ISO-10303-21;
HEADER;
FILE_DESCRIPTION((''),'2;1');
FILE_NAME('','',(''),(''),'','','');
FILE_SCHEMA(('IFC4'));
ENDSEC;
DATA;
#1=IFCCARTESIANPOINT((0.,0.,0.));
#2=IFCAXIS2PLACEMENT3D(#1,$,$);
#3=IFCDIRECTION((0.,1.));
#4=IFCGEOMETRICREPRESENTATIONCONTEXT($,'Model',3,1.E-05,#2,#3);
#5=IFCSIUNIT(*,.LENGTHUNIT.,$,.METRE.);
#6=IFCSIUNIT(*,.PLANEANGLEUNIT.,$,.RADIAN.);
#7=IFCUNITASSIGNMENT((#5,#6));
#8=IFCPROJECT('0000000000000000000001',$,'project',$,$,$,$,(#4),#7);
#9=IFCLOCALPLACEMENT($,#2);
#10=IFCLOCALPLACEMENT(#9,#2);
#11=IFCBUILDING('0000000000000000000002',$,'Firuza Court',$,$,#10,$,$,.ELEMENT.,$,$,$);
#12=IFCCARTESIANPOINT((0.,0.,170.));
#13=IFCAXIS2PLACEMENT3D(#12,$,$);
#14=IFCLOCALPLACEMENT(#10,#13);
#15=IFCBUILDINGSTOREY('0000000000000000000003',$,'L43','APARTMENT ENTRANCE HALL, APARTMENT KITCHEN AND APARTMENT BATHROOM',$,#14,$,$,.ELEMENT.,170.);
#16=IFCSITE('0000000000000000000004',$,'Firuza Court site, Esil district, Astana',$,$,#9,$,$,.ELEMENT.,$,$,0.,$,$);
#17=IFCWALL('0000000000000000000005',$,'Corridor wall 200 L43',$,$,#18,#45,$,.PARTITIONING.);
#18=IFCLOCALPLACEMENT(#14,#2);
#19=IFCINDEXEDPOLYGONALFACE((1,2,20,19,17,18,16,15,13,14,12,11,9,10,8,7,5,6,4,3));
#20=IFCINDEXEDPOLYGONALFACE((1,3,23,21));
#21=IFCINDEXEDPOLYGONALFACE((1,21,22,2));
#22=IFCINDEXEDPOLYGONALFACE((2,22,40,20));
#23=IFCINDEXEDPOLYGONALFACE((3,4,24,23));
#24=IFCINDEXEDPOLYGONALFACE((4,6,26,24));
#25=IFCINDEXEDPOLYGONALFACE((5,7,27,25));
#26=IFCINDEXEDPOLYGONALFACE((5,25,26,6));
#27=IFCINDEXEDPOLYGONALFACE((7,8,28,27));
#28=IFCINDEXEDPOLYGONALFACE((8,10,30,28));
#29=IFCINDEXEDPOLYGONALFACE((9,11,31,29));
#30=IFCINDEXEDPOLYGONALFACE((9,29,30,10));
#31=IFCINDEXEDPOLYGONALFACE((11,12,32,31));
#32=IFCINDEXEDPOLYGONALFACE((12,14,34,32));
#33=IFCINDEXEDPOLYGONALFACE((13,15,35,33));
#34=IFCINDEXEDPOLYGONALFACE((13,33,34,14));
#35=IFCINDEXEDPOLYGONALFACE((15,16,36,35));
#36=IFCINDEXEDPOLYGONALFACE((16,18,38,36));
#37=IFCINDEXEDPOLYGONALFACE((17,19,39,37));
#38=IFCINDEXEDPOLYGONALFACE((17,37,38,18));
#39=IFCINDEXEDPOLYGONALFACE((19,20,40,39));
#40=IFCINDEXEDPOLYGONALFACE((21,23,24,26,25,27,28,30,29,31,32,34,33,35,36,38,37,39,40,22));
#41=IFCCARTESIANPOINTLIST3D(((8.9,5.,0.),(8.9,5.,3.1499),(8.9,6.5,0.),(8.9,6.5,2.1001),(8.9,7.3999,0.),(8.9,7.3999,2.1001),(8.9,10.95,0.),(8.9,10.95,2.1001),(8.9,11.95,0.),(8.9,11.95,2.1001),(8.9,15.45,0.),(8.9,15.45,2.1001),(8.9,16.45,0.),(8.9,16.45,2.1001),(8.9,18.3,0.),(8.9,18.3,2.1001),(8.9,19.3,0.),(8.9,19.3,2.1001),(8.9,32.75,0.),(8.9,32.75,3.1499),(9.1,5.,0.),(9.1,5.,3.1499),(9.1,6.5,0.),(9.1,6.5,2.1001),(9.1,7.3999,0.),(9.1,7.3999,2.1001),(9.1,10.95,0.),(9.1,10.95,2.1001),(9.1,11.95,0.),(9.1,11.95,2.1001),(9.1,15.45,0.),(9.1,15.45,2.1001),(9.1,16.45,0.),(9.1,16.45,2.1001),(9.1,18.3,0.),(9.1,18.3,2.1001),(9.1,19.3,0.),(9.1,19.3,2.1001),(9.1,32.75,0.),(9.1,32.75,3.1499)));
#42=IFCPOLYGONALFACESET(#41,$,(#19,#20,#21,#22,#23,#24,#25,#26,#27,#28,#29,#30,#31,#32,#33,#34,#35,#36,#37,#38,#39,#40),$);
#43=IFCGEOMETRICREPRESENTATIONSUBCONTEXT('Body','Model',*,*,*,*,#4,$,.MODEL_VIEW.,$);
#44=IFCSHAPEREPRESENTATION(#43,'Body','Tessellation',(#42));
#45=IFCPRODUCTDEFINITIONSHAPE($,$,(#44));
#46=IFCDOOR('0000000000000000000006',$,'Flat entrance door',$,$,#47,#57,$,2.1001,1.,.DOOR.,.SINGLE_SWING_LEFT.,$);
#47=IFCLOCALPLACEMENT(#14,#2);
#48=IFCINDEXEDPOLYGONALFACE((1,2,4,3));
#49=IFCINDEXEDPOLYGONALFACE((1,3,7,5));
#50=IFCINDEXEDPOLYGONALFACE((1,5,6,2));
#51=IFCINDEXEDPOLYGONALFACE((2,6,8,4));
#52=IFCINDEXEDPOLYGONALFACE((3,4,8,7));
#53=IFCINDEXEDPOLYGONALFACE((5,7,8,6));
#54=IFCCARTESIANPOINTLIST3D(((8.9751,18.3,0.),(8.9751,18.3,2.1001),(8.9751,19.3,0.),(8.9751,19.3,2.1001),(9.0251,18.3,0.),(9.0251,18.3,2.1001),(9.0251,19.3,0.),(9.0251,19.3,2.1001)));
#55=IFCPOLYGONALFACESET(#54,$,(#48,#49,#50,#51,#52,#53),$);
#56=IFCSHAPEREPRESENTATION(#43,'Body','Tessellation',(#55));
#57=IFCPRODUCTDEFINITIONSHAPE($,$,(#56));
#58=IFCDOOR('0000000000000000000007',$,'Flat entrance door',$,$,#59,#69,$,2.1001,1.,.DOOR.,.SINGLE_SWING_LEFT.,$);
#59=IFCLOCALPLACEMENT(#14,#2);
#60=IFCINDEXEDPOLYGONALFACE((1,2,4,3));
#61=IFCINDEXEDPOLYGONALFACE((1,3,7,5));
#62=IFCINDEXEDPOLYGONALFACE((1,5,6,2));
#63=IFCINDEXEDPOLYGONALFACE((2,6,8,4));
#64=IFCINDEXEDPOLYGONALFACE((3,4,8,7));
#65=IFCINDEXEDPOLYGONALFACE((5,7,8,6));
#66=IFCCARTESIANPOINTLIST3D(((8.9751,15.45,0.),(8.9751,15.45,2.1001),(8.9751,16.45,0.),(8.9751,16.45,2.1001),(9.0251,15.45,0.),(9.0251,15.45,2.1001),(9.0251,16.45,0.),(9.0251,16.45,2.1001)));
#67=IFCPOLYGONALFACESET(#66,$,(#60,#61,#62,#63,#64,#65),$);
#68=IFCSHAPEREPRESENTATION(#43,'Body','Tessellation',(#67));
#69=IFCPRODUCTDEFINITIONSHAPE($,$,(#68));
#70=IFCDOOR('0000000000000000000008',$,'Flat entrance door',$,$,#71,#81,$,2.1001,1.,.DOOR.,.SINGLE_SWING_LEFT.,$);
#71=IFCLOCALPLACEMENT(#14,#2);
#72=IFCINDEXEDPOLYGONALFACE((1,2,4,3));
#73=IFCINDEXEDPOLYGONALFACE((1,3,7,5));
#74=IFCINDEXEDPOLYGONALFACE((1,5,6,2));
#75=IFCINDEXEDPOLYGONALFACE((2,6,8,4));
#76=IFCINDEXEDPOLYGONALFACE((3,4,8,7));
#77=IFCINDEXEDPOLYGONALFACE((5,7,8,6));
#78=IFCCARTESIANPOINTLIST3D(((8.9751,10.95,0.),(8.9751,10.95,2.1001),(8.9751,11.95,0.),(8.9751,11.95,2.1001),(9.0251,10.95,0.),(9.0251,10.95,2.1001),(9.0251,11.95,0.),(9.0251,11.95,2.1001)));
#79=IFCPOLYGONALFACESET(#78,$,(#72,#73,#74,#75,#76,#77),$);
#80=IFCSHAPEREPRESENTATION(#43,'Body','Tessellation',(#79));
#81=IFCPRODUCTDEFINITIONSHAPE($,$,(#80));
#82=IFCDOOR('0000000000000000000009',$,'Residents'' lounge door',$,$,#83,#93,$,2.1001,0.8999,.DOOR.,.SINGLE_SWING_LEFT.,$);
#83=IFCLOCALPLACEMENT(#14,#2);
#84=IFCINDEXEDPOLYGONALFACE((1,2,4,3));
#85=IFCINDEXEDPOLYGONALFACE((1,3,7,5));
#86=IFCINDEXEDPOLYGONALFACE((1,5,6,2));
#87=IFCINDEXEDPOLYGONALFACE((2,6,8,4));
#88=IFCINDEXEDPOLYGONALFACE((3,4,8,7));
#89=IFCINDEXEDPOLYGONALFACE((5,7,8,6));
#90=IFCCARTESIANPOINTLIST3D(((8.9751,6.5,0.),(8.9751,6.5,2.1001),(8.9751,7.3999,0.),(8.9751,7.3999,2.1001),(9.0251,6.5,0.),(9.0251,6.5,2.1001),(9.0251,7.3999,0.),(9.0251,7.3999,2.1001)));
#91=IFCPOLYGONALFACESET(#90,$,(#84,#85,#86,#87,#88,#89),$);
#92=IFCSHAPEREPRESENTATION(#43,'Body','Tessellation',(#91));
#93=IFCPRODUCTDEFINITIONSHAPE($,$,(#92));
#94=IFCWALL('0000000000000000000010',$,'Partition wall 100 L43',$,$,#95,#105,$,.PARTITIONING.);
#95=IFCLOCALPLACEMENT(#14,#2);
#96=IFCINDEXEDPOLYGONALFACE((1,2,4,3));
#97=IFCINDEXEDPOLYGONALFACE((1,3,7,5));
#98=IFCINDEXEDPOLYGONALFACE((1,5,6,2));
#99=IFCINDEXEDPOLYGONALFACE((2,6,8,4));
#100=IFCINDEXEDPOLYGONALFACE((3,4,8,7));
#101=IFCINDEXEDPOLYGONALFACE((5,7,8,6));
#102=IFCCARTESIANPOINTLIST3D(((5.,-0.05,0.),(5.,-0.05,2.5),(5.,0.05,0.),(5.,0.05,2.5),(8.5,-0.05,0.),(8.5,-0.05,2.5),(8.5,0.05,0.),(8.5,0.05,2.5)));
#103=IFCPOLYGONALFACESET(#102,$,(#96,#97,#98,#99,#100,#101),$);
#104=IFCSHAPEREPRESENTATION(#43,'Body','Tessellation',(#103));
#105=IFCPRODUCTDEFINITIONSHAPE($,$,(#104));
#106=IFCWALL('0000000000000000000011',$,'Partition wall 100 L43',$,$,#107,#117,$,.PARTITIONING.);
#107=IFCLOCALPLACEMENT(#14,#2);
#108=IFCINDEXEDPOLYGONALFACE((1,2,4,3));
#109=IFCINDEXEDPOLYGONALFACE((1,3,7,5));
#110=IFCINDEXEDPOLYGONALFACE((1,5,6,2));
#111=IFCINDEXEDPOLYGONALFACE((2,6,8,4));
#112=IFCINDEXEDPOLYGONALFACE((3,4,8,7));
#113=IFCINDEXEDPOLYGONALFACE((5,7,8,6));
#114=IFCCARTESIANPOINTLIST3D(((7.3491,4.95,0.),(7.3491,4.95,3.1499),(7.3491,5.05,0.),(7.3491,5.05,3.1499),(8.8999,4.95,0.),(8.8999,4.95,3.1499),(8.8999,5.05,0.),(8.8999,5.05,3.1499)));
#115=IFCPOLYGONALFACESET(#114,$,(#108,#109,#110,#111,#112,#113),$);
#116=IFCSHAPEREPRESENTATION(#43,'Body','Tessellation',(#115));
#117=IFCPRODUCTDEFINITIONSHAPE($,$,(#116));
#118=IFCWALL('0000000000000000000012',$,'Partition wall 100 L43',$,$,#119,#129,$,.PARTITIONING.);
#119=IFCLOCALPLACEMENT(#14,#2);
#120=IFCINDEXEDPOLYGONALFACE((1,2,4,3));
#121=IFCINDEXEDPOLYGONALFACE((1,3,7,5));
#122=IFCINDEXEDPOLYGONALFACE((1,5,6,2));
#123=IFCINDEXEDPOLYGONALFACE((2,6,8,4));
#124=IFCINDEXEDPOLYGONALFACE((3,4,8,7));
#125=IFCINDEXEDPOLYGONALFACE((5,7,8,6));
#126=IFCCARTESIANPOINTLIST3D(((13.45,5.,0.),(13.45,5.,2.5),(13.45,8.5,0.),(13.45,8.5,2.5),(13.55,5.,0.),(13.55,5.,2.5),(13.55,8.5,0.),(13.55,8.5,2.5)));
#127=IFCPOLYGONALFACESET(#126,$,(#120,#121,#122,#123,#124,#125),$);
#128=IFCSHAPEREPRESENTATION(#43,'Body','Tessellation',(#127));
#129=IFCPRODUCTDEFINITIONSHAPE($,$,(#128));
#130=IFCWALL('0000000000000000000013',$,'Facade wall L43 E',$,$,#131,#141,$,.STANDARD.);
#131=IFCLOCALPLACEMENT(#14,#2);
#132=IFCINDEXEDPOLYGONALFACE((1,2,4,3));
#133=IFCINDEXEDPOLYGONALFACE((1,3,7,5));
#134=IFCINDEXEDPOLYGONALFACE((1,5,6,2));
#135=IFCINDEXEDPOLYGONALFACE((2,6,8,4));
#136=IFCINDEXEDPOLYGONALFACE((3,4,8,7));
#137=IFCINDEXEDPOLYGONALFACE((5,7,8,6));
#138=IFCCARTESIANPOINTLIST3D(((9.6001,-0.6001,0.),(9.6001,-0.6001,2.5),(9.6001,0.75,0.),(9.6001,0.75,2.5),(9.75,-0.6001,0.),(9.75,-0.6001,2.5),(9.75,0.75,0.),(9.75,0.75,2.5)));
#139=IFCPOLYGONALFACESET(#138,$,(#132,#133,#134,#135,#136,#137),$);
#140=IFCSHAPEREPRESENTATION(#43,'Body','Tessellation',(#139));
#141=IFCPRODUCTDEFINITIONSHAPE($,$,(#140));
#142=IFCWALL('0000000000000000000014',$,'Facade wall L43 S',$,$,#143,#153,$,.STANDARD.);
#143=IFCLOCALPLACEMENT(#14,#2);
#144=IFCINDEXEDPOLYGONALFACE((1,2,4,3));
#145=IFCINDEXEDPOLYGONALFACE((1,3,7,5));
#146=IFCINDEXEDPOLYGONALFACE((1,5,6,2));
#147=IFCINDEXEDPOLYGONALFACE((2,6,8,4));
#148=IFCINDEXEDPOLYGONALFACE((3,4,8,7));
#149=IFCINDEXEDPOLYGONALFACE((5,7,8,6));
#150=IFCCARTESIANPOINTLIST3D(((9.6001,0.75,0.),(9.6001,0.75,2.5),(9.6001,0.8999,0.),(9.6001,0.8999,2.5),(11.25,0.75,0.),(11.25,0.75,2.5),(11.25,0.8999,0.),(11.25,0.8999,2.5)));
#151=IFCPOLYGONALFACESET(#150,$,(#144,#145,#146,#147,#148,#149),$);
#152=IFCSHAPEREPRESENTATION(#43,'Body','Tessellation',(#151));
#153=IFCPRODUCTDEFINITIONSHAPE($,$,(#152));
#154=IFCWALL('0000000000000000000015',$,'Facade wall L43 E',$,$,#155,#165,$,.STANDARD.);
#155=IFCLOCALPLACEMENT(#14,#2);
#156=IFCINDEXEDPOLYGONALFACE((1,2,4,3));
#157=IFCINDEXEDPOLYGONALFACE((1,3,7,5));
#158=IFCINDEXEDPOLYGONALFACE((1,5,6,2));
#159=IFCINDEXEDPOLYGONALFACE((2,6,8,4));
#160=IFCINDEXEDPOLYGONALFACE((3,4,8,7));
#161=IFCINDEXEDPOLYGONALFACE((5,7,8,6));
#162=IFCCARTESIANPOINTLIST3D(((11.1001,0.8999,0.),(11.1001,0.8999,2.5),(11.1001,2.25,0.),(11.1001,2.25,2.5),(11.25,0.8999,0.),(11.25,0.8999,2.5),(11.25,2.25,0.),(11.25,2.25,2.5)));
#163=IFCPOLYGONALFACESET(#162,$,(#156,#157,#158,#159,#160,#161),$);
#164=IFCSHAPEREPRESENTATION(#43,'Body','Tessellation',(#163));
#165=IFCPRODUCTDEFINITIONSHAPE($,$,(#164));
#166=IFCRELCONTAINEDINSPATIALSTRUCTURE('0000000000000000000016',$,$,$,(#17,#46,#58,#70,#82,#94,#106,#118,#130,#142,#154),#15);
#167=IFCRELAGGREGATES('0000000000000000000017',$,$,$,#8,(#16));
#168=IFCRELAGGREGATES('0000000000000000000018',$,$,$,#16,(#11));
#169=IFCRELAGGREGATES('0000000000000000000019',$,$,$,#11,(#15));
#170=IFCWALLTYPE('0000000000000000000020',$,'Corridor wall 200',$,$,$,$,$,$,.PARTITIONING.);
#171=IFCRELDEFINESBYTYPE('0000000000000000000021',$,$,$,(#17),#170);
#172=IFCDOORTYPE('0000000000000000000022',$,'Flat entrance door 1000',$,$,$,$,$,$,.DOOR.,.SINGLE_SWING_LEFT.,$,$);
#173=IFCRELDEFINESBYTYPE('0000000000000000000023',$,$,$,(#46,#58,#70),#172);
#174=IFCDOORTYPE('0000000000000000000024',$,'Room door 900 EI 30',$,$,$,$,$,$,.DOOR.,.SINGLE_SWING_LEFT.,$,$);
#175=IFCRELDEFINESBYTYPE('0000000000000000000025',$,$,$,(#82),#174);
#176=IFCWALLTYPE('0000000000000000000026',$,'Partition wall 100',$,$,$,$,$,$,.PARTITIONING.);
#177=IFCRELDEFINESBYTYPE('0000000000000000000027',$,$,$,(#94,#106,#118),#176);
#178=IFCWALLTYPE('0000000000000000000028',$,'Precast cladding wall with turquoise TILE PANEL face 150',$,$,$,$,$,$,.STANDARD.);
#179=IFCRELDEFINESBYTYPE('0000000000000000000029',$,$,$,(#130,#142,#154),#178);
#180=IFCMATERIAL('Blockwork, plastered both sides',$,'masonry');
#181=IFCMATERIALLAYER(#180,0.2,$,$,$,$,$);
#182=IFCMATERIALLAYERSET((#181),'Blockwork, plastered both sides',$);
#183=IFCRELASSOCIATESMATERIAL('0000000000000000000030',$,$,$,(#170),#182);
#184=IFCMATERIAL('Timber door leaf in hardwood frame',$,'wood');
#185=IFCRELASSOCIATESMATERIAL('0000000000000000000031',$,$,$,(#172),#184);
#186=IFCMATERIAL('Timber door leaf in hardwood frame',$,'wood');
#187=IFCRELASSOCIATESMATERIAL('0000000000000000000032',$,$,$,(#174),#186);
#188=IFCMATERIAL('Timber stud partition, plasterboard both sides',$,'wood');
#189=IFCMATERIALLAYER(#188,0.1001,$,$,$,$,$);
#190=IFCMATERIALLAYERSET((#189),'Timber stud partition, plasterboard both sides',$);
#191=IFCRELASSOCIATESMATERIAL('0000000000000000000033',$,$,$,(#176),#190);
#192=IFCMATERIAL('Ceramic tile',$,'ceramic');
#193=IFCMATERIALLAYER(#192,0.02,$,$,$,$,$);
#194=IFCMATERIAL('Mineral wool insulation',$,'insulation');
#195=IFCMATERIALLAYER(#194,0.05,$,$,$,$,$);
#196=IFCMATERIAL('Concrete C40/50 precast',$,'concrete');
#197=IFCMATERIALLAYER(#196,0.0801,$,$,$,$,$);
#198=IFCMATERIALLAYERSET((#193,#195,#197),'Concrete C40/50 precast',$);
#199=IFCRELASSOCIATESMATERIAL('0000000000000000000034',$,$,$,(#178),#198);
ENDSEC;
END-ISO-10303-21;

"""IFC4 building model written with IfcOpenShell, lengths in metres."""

from ifc_helpers import new_model, si_unit, direction, frame, frame_2d, origin, place, context, subcontext, project, spatial, rectangle, extrude, material, layer, layer_set, type_object, element, fill, save


model = new_model("IFC4")

# Units and contexts
model_context = context("Model", 3, precision=1e-05, world=origin(), true_north=direction((0.0, 1.0)))
body_context = subcontext(model_context, "Body", "Model", "MODEL_VIEW")
ifc_project = project(units=[si_unit("LENGTHUNIT", "METRE"), si_unit("PLANEANGLEUNIT", "RADIAN")], contexts=[model_context])

# Site, building, storey
site_placement = place(None, origin())
site = spatial("IfcSite", under=ifc_project, at=site_placement, Name="Firuza Court site, Esil district, Astana", CompositionType="ELEMENT", RefElevation=0.0)
building_placement = place(site_placement, origin())
building = spatial("IfcBuilding", under=site, at=building_placement, Name="Firuza Court", CompositionType="ELEMENT")
storey_placement = place(building_placement, frame((0.0, 0.0, 170.0)))
storey = spatial("IfcBuildingStorey", under=building, at=storey_placement, Name="L43", Description="APARTMENT ENTRANCE HALL, APARTMENT KITCHEN AND APARTMENT BATHROOM", CompositionType="ELEMENT", Elevation=170.0)

# Wall, openings, doors
ifc_material_1 = material(Name="Blockwork, plastered both sides", Category="masonry")
ifc_layer_1 = layer(ifc_material_1, 0.2)
ifc_layer_set_1 = layer_set([ifc_layer_1], Name="Blockwork, plastered both sides")
wall_type_1 = type_object("IfcWallType", Name="Corridor wall 200", PredefinedType="PARTITIONING", material=ifc_layer_set_1)
wall_1_placement = place(storey_placement, frame((9.0, 5.0, 0.0), z_axis=(0.0, 0.0, 1.0), x_axis=(0.0, 1.0, 0.0)))
wall_1 = element("IfcWall", 1, at=wall_1_placement, inside=storey, type_object=wall_type_1, Name="Corridor wall 200 L43", PredefinedType="PARTITIONING", context=body_context, shape_type="SweptSolid", body=[
    extrude(rectangle(XDim=27.75, YDim=0.2, at=frame_2d((13.875, 0.0))), origin(), (0.0, 0.0, 1.0), 3.1499),
])
opening_1_placement = place(wall_1_placement, frame((13.3, 0.0, 0.0)))
opening_1 = element("IfcOpeningElement", 2, at=opening_1_placement, cuts=wall_1, PredefinedType="OPENING", context=body_context, shape_type="SweptSolid", body=[
    extrude(rectangle(XDim=1.0, YDim=2.1001, at=frame_2d((0.5, 1.05))), frame((0.0, 0.1118, 0.0), z_axis=(0.0, -1.0, 0.0), x_axis=(1.0, 0.0, 0.0)), (0.0, 0.0, 1.0), 0.2239),
])
opening_2_placement = place(wall_1_placement, frame((10.45, 0.0, 0.0)))
opening_2 = element("IfcOpeningElement", 3, at=opening_2_placement, cuts=wall_1, PredefinedType="OPENING", context=body_context, shape_type="SweptSolid", body=[
    extrude(rectangle(XDim=1.0, YDim=2.1001, at=frame_2d((0.5, 1.05))), frame((0.0, 0.1118, 0.0), z_axis=(0.0, -1.0, 0.0), x_axis=(1.0, 0.0, 0.0)), (0.0, 0.0, 1.0), 0.2239),
])
opening_3_placement = place(wall_1_placement, frame((5.95, 0.0, 0.0)))
opening_3 = element("IfcOpeningElement", 4, at=opening_3_placement, cuts=wall_1, PredefinedType="OPENING", context=body_context, shape_type="SweptSolid", body=[
    extrude(rectangle(XDim=1.0, YDim=2.1001, at=frame_2d((0.5, 1.05))), frame((0.0, 0.1118, 0.0), z_axis=(0.0, -1.0, 0.0), x_axis=(1.0, 0.0, 0.0)), (0.0, 0.0, 1.0), 0.2239),
])
opening_4_placement = place(wall_1_placement, frame((1.5, 0.0, 0.0)))
opening_4 = element("IfcOpeningElement", 5, at=opening_4_placement, cuts=wall_1, PredefinedType="OPENING", context=body_context, shape_type="SweptSolid", body=[
    extrude(rectangle(XDim=0.8999, YDim=2.1001, at=frame_2d((0.45, 1.05))), frame((0.0, 0.1118, 0.0), z_axis=(0.0, -1.0, 0.0), x_axis=(1.0, 0.0, 0.0)), (0.0, 0.0, 1.0), 0.2239),
])
ifc_material_2 = material(Name="Timber door leaf in hardwood frame", Category="wood")
door_type_1 = type_object("IfcDoorType", Name="Flat entrance door 1000", OperationType="SINGLE_SWING_LEFT", PredefinedType="DOOR", material=ifc_material_2)
door_1_placement = place(opening_1_placement, origin())
door_1 = element("IfcDoor", 6, at=door_1_placement, inside=storey, type_object=door_type_1, Name="Flat entrance door", OperationType="SINGLE_SWING_LEFT", OverallHeight=2.1001, OverallWidth=1.0, PredefinedType="DOOR", context=body_context, shape_type="SweptSolid", body=[
    extrude(rectangle(XDim=1.0, YDim=2.1001, at=frame_2d((0.5, 1.05))), frame((0.0, 0.0249, 0.0), z_axis=(0.0, -1.0, 0.0), x_axis=(1.0, 0.0, 0.0)), (0.0, 0.0, 1.0), 0.05),
])
fill(opening_1, door_1)
door_2_placement = place(opening_2_placement, origin())
door_2 = element("IfcDoor", 7, at=door_2_placement, inside=storey, type_object=door_type_1, Name="Flat entrance door", OperationType="SINGLE_SWING_LEFT", OverallHeight=2.1001, OverallWidth=1.0, PredefinedType="DOOR", context=body_context, shape_type="SweptSolid", body=[
    extrude(rectangle(XDim=1.0, YDim=2.1001, at=frame_2d((0.5, 1.05))), frame((0.0, 0.0249, 0.0), z_axis=(0.0, -1.0, 0.0), x_axis=(1.0, 0.0, 0.0)), (0.0, 0.0, 1.0), 0.05),
])
fill(opening_2, door_2)
door_3_placement = place(opening_3_placement, origin())
door_3 = element("IfcDoor", 8, at=door_3_placement, inside=storey, type_object=door_type_1, Name="Flat entrance door", OperationType="SINGLE_SWING_LEFT", OverallHeight=2.1001, OverallWidth=1.0, PredefinedType="DOOR", context=body_context, shape_type="SweptSolid", body=[
    extrude(rectangle(XDim=1.0, YDim=2.1001, at=frame_2d((0.5, 1.05))), frame((0.0, 0.0249, 0.0), z_axis=(0.0, -1.0, 0.0), x_axis=(1.0, 0.0, 0.0)), (0.0, 0.0, 1.0), 0.05),
])
fill(opening_3, door_3)
ifc_material_3 = material(Name="Timber door leaf in hardwood frame", Category="wood")
door_type_2 = type_object("IfcDoorType", Name="Room door 900 EI 30", OperationType="SINGLE_SWING_LEFT", PredefinedType="DOOR", material=ifc_material_3)
door_4_placement = place(opening_4_placement, origin())
door_4 = element("IfcDoor", 9, at=door_4_placement, inside=storey, type_object=door_type_2, Name="Residents' lounge door", OperationType="SINGLE_SWING_LEFT", OverallHeight=2.1001, OverallWidth=0.8999, PredefinedType="DOOR", context=body_context, shape_type="SweptSolid", body=[
    extrude(rectangle(XDim=0.8999, YDim=2.1001, at=frame_2d((0.45, 1.05))), frame((0.0, 0.0249, 0.0), z_axis=(0.0, -1.0, 0.0), x_axis=(1.0, 0.0, 0.0)), (0.0, 0.0, 1.0), 0.05),
])
fill(opening_4, door_4)

# Walls
ifc_material_4 = material(Name="Timber stud partition, plasterboard both sides", Category="wood")
ifc_layer_2 = layer(ifc_material_4, 0.1001)
ifc_layer_set_2 = layer_set([ifc_layer_2], Name="Timber stud partition, plasterboard both sides")
wall_type_2 = type_object("IfcWallType", Name="Partition wall 100", PredefinedType="PARTITIONING", material=ifc_layer_set_2)
wall_2_placement = place(storey_placement, frame((5.0, 0.0, 0.0), z_axis=(0.0, 0.0, 1.0), x_axis=(1.0, 0.0, 0.0)))
element("IfcWall", 10, at=wall_2_placement, inside=storey, type_object=wall_type_2, Name="Partition wall 100 L43", PredefinedType="PARTITIONING", context=body_context, shape_type="SweptSolid", body=[
    extrude(rectangle(XDim=3.5, YDim=0.1001, at=frame_2d((1.75, 0.0))), origin(), (0.0, 0.0, 1.0), 2.5),
])
wall_3_placement = place(storey_placement, frame((7.3491, 5.0, 0.0), z_axis=(0.0, 0.0, 1.0), x_axis=(1.0, 0.0, 0.0)))
element("IfcWall", 11, at=wall_3_placement, inside=storey, type_object=wall_type_2, Name="Partition wall 100 L43", PredefinedType="PARTITIONING", context=body_context, shape_type="SweptSolid", body=[
    extrude(rectangle(XDim=1.5508, YDim=0.1001, at=frame_2d((0.7754, 0.0))), origin(), (0.0, 0.0, 1.0), 3.1499),
])
wall_4_placement = place(storey_placement, frame((13.5, 5.0, 0.0), z_axis=(0.0, 0.0, 1.0), x_axis=(0.0, 1.0, 0.0)))
element("IfcWall", 12, at=wall_4_placement, inside=storey, type_object=wall_type_2, Name="Partition wall 100 L43", PredefinedType="PARTITIONING", context=body_context, shape_type="SweptSolid", body=[
    extrude(rectangle(XDim=3.5, YDim=0.1001, at=frame_2d((1.75, 0.0))), origin(), (0.0, 0.0, 1.0), 2.5),
])
ifc_material_5 = material(Name="Ceramic tile", Category="ceramic")
ifc_layer_3 = layer(ifc_material_5, 0.02)
ifc_material_6 = material(Name="Mineral wool insulation", Category="insulation")
ifc_layer_4 = layer(ifc_material_6, 0.05)
ifc_material_7 = material(Name="Concrete C40/50 precast", Category="concrete")
ifc_layer_5 = layer(ifc_material_7, 0.0801)
ifc_layer_set_3 = layer_set([ifc_layer_3, ifc_layer_4, ifc_layer_5], Name="Concrete C40/50 precast")
wall_type_3 = type_object("IfcWallType", Name="Precast cladding wall with turquoise TILE PANEL face 150", PredefinedType="STANDARD", material=ifc_layer_set_3)
wall_5_placement = place(storey_placement, frame((9.675, -0.6001, 0.0), z_axis=(0.0, 0.0, 1.0), x_axis=(0.0, 1.0, 0.0)))
element("IfcWall", 13, at=wall_5_placement, inside=storey, type_object=wall_type_3, Name="Facade wall L43 E", PredefinedType="STANDARD", context=body_context, shape_type="SweptSolid", body=[
    extrude(rectangle(XDim=1.3501, YDim=0.1499, at=frame_2d((0.675, 0.0))), origin(), (0.0, 0.0, 1.0), 2.5),
])
wall_6_placement = place(storey_placement, frame((9.6001, 0.825, 0.0), z_axis=(0.0, 0.0, 1.0), x_axis=(1.0, 0.0, 0.0)))
element("IfcWall", 14, at=wall_6_placement, inside=storey, type_object=wall_type_3, Name="Facade wall L43 S", PredefinedType="STANDARD", context=body_context, shape_type="SweptSolid", body=[
    extrude(rectangle(XDim=1.6499, YDim=0.1499, at=frame_2d((0.825, 0.0))), origin(), (0.0, 0.0, 1.0), 2.5),
])
wall_7_placement = place(storey_placement, frame((11.175, 0.8999, 0.0), z_axis=(0.0, 0.0, 1.0), x_axis=(0.0, 1.0, 0.0)))
element("IfcWall", 15, at=wall_7_placement, inside=storey, type_object=wall_type_3, Name="Facade wall L43 E", PredefinedType="STANDARD", context=body_context, shape_type="SweptSolid", body=[
    extrude(rectangle(XDim=1.3501, YDim=0.1499, at=frame_2d((0.675, 0.0))), origin(), (0.0, 0.0, 1.0), 2.5),
])

save(model, "model.ifc")
